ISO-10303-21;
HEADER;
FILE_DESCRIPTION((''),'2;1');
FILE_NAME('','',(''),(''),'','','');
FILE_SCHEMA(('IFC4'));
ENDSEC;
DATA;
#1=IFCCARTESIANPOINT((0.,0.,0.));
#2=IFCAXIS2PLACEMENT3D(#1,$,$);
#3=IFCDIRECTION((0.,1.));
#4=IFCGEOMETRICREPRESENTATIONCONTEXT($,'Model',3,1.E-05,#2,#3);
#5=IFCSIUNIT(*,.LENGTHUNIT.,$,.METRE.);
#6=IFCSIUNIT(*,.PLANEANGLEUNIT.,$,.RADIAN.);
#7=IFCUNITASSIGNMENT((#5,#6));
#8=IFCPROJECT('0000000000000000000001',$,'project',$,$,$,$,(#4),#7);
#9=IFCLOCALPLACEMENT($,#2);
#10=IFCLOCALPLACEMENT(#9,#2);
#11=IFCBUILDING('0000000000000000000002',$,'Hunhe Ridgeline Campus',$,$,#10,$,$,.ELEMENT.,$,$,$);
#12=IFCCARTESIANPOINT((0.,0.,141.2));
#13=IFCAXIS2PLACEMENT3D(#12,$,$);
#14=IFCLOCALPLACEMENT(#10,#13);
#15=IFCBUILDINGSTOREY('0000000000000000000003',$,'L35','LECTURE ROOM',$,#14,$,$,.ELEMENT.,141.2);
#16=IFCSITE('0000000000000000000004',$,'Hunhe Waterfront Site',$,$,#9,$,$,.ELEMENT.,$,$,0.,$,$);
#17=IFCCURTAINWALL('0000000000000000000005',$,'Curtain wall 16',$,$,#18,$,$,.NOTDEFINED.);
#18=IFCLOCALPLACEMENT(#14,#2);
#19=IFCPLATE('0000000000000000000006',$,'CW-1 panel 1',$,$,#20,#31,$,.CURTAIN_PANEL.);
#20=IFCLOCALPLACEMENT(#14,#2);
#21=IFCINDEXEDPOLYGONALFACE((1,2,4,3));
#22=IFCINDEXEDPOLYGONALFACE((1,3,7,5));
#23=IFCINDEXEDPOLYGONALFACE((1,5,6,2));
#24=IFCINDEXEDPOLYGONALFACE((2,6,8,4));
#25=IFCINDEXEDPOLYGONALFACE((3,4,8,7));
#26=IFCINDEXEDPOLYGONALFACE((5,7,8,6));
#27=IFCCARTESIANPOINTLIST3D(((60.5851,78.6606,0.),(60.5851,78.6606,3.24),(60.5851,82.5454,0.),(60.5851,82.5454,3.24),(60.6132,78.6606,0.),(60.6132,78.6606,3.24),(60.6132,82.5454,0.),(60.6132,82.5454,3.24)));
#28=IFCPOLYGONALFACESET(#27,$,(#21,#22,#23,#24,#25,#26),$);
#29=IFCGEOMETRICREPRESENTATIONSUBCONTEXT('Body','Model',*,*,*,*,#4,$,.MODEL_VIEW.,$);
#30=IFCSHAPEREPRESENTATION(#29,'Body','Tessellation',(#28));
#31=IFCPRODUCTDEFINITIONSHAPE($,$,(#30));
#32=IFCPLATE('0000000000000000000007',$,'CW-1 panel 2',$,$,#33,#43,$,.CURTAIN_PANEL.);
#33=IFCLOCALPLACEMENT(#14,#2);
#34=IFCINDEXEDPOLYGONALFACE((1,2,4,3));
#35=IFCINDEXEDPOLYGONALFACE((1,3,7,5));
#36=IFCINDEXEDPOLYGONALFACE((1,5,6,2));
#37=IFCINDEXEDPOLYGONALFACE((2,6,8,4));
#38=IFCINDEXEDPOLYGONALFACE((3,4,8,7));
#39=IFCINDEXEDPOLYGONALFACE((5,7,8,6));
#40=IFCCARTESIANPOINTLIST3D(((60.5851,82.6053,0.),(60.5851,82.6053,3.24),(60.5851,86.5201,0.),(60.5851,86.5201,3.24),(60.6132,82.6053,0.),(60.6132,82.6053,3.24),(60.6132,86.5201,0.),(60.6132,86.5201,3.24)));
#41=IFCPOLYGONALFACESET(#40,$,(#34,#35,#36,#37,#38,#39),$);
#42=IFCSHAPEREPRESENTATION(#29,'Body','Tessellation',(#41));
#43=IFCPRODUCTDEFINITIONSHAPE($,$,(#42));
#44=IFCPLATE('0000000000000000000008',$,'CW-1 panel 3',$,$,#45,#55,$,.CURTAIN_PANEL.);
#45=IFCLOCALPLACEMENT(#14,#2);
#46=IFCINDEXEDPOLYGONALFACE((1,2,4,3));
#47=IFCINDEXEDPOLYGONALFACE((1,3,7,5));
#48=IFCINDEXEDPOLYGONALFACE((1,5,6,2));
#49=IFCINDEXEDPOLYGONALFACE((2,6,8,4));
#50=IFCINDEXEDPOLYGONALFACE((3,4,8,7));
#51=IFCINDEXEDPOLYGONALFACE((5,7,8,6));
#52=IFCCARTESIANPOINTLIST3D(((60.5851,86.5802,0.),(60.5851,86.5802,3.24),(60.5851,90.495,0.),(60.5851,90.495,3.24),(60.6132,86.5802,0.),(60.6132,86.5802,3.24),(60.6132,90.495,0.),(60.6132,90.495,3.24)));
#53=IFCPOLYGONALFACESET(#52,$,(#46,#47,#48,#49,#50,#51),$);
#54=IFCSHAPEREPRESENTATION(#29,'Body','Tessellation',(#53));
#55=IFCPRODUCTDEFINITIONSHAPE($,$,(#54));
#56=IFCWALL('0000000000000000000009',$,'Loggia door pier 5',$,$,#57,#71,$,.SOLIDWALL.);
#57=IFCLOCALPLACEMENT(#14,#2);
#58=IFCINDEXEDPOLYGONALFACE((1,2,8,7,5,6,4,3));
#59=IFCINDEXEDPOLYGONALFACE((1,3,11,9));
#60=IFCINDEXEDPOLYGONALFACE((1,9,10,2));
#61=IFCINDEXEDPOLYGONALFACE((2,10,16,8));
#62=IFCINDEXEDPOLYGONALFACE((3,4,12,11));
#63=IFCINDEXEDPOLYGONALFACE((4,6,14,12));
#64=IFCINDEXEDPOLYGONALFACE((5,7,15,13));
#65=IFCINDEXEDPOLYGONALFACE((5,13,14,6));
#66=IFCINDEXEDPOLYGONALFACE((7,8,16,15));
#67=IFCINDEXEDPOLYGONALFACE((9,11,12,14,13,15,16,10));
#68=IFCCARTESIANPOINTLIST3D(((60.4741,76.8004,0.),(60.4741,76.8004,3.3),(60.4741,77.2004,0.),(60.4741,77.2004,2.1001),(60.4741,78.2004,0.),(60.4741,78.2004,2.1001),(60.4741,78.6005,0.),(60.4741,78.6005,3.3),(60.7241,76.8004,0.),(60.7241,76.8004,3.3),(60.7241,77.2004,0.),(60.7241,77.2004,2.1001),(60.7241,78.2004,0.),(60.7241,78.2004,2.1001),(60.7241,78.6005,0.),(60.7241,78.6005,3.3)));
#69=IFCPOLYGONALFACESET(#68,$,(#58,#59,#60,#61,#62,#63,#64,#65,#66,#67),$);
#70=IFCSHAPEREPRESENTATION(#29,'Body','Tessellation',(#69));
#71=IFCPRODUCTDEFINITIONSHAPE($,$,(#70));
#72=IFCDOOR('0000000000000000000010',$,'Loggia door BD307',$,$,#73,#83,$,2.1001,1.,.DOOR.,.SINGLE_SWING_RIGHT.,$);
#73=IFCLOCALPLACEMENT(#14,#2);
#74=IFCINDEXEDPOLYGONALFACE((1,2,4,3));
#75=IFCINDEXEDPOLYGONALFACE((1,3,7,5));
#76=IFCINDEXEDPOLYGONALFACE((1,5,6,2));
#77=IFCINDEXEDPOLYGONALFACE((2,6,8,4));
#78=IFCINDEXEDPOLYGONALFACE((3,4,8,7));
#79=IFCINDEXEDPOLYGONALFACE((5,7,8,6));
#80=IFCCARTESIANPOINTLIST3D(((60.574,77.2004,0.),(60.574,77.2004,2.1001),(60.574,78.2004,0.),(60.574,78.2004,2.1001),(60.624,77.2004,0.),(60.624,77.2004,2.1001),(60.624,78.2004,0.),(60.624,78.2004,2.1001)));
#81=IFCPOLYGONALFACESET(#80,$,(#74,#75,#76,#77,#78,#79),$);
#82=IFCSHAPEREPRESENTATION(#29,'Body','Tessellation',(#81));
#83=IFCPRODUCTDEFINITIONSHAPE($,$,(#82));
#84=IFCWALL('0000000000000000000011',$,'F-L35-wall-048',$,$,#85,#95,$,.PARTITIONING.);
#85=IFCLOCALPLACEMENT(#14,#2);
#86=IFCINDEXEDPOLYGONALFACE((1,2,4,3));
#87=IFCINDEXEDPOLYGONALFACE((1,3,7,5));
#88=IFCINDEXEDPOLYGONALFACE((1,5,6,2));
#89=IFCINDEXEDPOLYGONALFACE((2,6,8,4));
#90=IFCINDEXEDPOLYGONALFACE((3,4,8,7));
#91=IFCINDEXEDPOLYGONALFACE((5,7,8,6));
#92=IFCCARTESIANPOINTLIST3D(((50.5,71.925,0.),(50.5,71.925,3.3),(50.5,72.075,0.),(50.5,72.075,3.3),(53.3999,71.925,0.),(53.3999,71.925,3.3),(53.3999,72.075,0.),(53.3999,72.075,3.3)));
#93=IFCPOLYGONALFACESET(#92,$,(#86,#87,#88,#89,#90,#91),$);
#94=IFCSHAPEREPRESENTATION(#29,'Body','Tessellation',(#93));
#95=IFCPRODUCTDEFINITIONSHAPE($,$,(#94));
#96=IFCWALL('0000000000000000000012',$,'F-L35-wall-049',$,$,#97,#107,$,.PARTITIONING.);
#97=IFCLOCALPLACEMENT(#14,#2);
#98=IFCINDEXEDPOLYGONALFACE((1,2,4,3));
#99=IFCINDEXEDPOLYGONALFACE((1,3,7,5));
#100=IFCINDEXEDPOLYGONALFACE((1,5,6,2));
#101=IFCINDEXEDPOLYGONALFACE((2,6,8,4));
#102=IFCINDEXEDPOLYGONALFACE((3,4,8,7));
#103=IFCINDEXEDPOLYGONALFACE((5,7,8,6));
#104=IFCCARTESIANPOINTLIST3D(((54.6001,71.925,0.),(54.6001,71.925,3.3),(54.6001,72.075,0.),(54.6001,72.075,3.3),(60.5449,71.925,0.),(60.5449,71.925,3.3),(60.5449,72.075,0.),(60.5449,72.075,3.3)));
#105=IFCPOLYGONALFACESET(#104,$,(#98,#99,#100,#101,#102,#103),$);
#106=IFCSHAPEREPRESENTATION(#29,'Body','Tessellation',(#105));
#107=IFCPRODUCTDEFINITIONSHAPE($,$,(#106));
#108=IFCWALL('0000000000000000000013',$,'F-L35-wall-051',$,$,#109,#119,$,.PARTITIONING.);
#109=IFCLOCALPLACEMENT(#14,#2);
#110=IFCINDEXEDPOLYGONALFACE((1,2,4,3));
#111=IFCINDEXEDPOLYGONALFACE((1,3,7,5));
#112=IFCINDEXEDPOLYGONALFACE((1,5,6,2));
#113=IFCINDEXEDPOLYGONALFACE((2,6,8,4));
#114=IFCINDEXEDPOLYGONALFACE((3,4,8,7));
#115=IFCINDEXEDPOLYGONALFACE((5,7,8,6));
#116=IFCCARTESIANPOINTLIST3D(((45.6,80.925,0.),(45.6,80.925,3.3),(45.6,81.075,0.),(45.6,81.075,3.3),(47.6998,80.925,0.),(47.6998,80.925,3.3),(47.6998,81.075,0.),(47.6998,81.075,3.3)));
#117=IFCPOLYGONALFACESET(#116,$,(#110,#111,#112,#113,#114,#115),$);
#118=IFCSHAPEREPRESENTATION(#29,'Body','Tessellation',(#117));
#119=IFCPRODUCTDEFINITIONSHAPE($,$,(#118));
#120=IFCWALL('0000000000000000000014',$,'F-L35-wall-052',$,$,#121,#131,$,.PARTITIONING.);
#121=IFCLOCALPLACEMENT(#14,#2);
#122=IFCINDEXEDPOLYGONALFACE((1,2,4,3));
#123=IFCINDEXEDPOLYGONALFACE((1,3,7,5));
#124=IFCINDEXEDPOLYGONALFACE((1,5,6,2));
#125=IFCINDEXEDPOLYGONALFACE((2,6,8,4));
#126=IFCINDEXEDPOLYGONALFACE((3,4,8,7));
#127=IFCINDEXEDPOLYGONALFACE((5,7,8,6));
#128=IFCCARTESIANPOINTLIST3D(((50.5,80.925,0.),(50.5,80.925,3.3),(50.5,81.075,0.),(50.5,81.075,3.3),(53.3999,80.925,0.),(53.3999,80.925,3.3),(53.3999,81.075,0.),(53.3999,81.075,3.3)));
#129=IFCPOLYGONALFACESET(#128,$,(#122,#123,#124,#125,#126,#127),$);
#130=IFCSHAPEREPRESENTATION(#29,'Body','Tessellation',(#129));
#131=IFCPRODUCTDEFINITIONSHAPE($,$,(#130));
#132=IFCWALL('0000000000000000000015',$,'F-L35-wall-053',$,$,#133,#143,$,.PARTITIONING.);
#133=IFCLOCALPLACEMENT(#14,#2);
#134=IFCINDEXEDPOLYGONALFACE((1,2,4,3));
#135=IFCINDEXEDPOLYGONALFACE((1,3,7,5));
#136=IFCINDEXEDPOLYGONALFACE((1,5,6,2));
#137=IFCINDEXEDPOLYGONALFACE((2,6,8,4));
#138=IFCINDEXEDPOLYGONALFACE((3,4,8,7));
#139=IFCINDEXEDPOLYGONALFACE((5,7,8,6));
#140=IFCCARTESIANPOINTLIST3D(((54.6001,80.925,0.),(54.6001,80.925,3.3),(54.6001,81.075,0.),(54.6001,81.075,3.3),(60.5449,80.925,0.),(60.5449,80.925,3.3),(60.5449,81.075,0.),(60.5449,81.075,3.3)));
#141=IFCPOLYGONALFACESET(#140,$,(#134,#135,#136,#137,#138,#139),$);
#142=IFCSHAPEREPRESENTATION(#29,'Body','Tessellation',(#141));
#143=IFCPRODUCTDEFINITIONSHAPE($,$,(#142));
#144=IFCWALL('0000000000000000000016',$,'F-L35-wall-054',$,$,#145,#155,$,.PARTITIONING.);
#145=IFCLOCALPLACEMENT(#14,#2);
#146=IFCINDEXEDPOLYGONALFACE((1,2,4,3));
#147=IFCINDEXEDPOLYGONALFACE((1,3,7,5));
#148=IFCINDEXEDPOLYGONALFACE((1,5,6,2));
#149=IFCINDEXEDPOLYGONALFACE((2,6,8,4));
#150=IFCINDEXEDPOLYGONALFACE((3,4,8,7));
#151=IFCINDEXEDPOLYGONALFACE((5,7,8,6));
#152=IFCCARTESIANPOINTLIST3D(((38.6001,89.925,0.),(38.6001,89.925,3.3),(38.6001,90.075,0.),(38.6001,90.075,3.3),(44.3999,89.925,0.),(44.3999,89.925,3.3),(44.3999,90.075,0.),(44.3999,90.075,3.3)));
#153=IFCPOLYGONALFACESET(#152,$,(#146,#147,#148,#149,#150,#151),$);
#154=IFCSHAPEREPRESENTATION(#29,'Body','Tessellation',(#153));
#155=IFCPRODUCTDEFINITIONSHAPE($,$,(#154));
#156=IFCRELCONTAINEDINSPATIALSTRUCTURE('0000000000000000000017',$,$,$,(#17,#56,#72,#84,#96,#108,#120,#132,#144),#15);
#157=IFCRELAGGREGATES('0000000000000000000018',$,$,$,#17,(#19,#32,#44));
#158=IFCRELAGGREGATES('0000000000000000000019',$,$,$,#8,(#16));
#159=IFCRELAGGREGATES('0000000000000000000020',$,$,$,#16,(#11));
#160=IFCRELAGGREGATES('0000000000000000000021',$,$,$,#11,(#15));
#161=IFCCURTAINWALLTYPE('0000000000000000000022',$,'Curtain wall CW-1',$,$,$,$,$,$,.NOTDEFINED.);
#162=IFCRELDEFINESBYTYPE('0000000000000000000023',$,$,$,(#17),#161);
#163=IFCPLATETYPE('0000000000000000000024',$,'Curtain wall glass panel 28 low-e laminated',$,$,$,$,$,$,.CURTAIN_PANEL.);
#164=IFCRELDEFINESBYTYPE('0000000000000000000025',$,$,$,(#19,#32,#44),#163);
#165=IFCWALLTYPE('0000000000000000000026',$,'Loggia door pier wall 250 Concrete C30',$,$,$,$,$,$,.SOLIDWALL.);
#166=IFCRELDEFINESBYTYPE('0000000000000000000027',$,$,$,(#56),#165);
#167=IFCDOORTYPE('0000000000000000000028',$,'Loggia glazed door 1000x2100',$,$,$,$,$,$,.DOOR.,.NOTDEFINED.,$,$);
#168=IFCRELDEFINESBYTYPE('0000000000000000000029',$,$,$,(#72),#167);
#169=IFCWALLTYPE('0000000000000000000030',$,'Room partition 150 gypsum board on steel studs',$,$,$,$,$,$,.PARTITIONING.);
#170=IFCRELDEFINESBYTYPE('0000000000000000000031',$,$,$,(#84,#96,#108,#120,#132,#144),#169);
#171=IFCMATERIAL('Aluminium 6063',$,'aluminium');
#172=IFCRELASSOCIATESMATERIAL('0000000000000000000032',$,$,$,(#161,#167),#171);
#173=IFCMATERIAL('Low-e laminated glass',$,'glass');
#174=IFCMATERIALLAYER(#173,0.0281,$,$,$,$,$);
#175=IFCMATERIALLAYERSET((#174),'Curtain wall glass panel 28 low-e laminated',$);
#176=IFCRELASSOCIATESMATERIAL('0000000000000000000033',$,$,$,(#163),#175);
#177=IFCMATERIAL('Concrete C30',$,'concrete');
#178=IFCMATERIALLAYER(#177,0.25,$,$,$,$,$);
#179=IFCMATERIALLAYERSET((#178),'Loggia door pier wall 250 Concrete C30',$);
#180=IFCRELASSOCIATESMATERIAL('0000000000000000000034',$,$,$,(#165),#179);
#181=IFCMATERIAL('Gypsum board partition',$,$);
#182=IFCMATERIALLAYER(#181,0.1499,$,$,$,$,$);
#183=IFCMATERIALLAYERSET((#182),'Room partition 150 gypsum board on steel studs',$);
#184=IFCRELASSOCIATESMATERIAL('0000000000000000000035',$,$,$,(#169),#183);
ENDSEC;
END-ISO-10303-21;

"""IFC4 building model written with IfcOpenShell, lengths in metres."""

from ifc_helpers import new_model, si_unit, direction, frame, frame_2d, origin, origin_2d, place, context, subcontext, project, spatial, rectangle, extrude, material, layer, layer_set, type_object, element, fill, aggregate, save


model = new_model("IFC4")

# Units and contexts
model_context = context("Model", 3, precision=1e-05, world=origin(), true_north=direction((0.0, 1.0)))
body_context = subcontext(model_context, "Body", "Model", "MODEL_VIEW")
ifc_project = project(units=[si_unit("LENGTHUNIT", "METRE"), si_unit("PLANEANGLEUNIT", "RADIAN")], contexts=[model_context])

# Site, building, storey
site_placement = place(None, origin())
site = spatial("IfcSite", under=ifc_project, at=site_placement, Name="Hunhe Waterfront Site", CompositionType="ELEMENT", RefElevation=0.0)
building_placement = place(site_placement, origin())
building = spatial("IfcBuilding", under=site, at=building_placement, Name="Hunhe Ridgeline Campus", CompositionType="ELEMENT")
storey_placement = place(building_placement, frame((0.0, 0.0, 141.2)))
storey = spatial("IfcBuildingStorey", under=building, at=storey_placement, Name="L35", Description="LECTURE ROOM", CompositionType="ELEMENT", Elevation=141.2)

# Curtain wall
ifc_material_1 = material(Name="Aluminium 6063", Category="aluminium")
curtain_wall_type = type_object("IfcCurtainWallType", Name="Curtain wall CW-1", PredefinedType="NOTDEFINED", material=ifc_material_1)
curtain_wall_1_placement = place(storey_placement, origin())
curtain_wall_1 = element("IfcCurtainWall", 1, at=curtain_wall_1_placement, inside=storey, type_object=curtain_wall_type, Name="Curtain wall 16", PredefinedType="NOTDEFINED")

# Plates
ifc_material_2 = material(Name="Low-e laminated glass", Category="glass")
ifc_layer_1 = layer(ifc_material_2, 0.0281)
ifc_layer_set_1 = layer_set([ifc_layer_1], Name="Curtain wall glass panel 28 low-e laminated")
plate_type = type_object("IfcPlateType", Name="Curtain wall glass panel 28 low-e laminated", PredefinedType="CURTAIN_PANEL", material=ifc_layer_set_1)
plate_1_placement = place(storey_placement, frame((60.5991, 80.603, 0.0), z_axis=(0.0, 0.0, 1.0), x_axis=(0.0, 1.0, 0.0)))
plate_1 = element("IfcPlate", 2, at=plate_1_placement, type_object=plate_type, Name="CW-1 panel 1", PredefinedType="CURTAIN_PANEL", context=body_context, shape_type="SweptSolid", body=[
    extrude(rectangle(XDim=3.8848, YDim=0.0281, at=origin_2d()), origin(), (0.0, 0.0, 1.0), 3.24),
])
plate_2_placement = place(storey_placement, frame((60.5991, 84.5627, 0.0), z_axis=(0.0, 0.0, 1.0), x_axis=(0.0, 1.0, 0.0)))
plate_2 = element("IfcPlate", 3, at=plate_2_placement, type_object=plate_type, Name="CW-1 panel 2", PredefinedType="CURTAIN_PANEL", context=body_context, shape_type="SweptSolid", body=[
    extrude(rectangle(XDim=3.9148, YDim=0.0281, at=origin_2d()), origin(), (0.0, 0.0, 1.0), 3.24),
])
plate_3_placement = place(storey_placement, frame((60.5991, 88.5376, 0.0), z_axis=(0.0, 0.0, 1.0), x_axis=(0.0, 1.0, 0.0)))
plate_3 = element("IfcPlate", 4, at=plate_3_placement, type_object=plate_type, Name="CW-1 panel 3", PredefinedType="CURTAIN_PANEL", context=body_context, shape_type="SweptSolid", body=[
    extrude(rectangle(XDim=3.9148, YDim=0.0281, at=origin_2d()), origin(), (0.0, 0.0, 1.0), 3.24),
])
aggregate(curtain_wall_1, [plate_1, plate_2, plate_3])

# Wall, opening, door
ifc_material_3 = material(Name="Concrete C30", Category="concrete")
ifc_layer_2 = layer(ifc_material_3, 0.25)
ifc_layer_set_2 = layer_set([ifc_layer_2], Name="Loggia door pier wall 250 Concrete C30")
wall_type_1 = type_object("IfcWallType", Name="Loggia door pier wall 250 Concrete C30", PredefinedType="SOLIDWALL", material=ifc_layer_set_2)
wall_1_placement = place(storey_placement, frame((60.5991, 76.8005, 0.0), z_axis=(0.0, 0.0, 1.0), x_axis=(0.0, 1.0, 0.0)))
wall_1 = element("IfcWall", 5, at=wall_1_placement, inside=storey, type_object=wall_type_1, Name="Loggia door pier 5", PredefinedType="SOLIDWALL", context=body_context, shape_type="SweptSolid", body=[
    extrude(rectangle(XDim=1.8, YDim=0.25, at=frame_2d((0.8999, 0.0))), origin(), (0.0, 0.0, 1.0), 3.3),
])
opening_placement = place(wall_1_placement, frame((0.3999, 0.0, 0.0)))
opening = element("IfcOpeningElement", 6, at=opening_placement, cuts=wall_1, PredefinedType="OPENING", context=body_context, shape_type="SweptSolid", body=[
    extrude(rectangle(XDim=1.0, YDim=2.1001, at=frame_2d((0.5, 1.05))), frame((0.0, 0.125, 0.0), z_axis=(0.0, -1.0, 0.0), x_axis=(1.0, 0.0, 0.0)), (0.0, 0.0, 1.0), 0.25),
])
door_type = type_object("IfcDoorType", Name="Loggia glazed door 1000x2100", OperationType="NOTDEFINED", PredefinedType="DOOR", material=ifc_material_1)
door_placement = place(opening_placement, frame((1.0, 0.0, 0.0), z_axis=(0.0, 0.0, 1.0), x_axis=(-1.0, 0.0, 0.0)))
door = element("IfcDoor", 7, at=door_placement, inside=storey, type_object=door_type, Name="Loggia door BD307", OperationType="SINGLE_SWING_RIGHT", OverallHeight=2.1001, OverallWidth=1.0, PredefinedType="DOOR", context=body_context, shape_type="SweptSolid", body=[
    extrude(rectangle(XDim=1.0, YDim=2.1001, at=frame_2d((0.5, 1.05))), frame((0.0, 0.0249, 0.0), z_axis=(0.0, -1.0, 0.0), x_axis=(1.0, 0.0, 0.0)), (0.0, 0.0, 1.0), 0.05),
])
fill(opening, door)

# Walls
ifc_material_4 = material(Name="Gypsum board partition")
ifc_layer_3 = layer(ifc_material_4, 0.1499)
ifc_layer_set_3 = layer_set([ifc_layer_3], Name="Room partition 150 gypsum board on steel studs")
wall_type_2 = type_object("IfcWallType", Name="Room partition 150 gypsum board on steel studs", PredefinedType="PARTITIONING", material=ifc_layer_set_3)
wall_2_placement = place(storey_placement, frame((50.5, 72.0, 0.0), z_axis=(0.0, 0.0, 1.0), x_axis=(1.0, 0.0, 0.0)))
element("IfcWall", 8, at=wall_2_placement, inside=storey, type_object=wall_type_2, Name="F-L35-wall-048", PredefinedType="PARTITIONING", context=body_context, shape_type="SweptSolid", body=[
    extrude(rectangle(XDim=2.8999, YDim=0.1499, at=frame_2d((1.45, 0.0))), origin(), (0.0, 0.0, 1.0), 3.3),
])
wall_3_placement = place(storey_placement, frame((54.6001, 72.0, 0.0), z_axis=(0.0, 0.0, 1.0), x_axis=(1.0, 0.0, 0.0)))
element("IfcWall", 9, at=wall_3_placement, inside=storey, type_object=wall_type_2, Name="F-L35-wall-049", PredefinedType="PARTITIONING", context=body_context, shape_type="SweptSolid", body=[
    extrude(rectangle(XDim=5.9448, YDim=0.1499, at=frame_2d((2.9724, 0.0))), origin(), (0.0, 0.0, 1.0), 3.3),
])
wall_4_placement = place(storey_placement, frame((45.6001, 81.0, 0.0), z_axis=(0.0, 0.0, 1.0), x_axis=(1.0, 0.0, 0.0)))
element("IfcWall", 10, at=wall_4_placement, inside=storey, type_object=wall_type_2, Name="F-L35-wall-051", PredefinedType="PARTITIONING", context=body_context, shape_type="SweptSolid", body=[
    extrude(rectangle(XDim=2.0999, YDim=0.1499, at=frame_2d((1.0498, 0.0))), origin(), (0.0, 0.0, 1.0), 3.3),
])
wall_5_placement = place(storey_placement, frame((50.5, 81.0, 0.0), z_axis=(0.0, 0.0, 1.0), x_axis=(1.0, 0.0, 0.0)))
element("IfcWall", 11, at=wall_5_placement, inside=storey, type_object=wall_type_2, Name="F-L35-wall-052", PredefinedType="PARTITIONING", context=body_context, shape_type="SweptSolid", body=[
    extrude(rectangle(XDim=2.8999, YDim=0.1499, at=frame_2d((1.45, 0.0))), origin(), (0.0, 0.0, 1.0), 3.3),
])
wall_6_placement = place(storey_placement, frame((54.6001, 81.0, 0.0), z_axis=(0.0, 0.0, 1.0), x_axis=(1.0, 0.0, 0.0)))
element("IfcWall", 12, at=wall_6_placement, inside=storey, type_object=wall_type_2, Name="F-L35-wall-053", PredefinedType="PARTITIONING", context=body_context, shape_type="SweptSolid", body=[
    extrude(rectangle(XDim=5.9448, YDim=0.1499, at=frame_2d((2.9724, 0.0))), origin(), (0.0, 0.0, 1.0), 3.3),
])
wall_7_placement = place(storey_placement, frame((38.6001, 90.0, 0.0), z_axis=(0.0, 0.0, 1.0), x_axis=(1.0, 0.0, 0.0)))
element("IfcWall", 13, at=wall_7_placement, inside=storey, type_object=wall_type_2, Name="F-L35-wall-054", PredefinedType="PARTITIONING", context=body_context, shape_type="SweptSolid", body=[
    extrude(rectangle(XDim=5.7998, YDim=0.1499, at=frame_2d((2.8999, 0.0))), origin(), (0.0, 0.0, 1.0), 3.3),
])

save(model, "model.ifc")
